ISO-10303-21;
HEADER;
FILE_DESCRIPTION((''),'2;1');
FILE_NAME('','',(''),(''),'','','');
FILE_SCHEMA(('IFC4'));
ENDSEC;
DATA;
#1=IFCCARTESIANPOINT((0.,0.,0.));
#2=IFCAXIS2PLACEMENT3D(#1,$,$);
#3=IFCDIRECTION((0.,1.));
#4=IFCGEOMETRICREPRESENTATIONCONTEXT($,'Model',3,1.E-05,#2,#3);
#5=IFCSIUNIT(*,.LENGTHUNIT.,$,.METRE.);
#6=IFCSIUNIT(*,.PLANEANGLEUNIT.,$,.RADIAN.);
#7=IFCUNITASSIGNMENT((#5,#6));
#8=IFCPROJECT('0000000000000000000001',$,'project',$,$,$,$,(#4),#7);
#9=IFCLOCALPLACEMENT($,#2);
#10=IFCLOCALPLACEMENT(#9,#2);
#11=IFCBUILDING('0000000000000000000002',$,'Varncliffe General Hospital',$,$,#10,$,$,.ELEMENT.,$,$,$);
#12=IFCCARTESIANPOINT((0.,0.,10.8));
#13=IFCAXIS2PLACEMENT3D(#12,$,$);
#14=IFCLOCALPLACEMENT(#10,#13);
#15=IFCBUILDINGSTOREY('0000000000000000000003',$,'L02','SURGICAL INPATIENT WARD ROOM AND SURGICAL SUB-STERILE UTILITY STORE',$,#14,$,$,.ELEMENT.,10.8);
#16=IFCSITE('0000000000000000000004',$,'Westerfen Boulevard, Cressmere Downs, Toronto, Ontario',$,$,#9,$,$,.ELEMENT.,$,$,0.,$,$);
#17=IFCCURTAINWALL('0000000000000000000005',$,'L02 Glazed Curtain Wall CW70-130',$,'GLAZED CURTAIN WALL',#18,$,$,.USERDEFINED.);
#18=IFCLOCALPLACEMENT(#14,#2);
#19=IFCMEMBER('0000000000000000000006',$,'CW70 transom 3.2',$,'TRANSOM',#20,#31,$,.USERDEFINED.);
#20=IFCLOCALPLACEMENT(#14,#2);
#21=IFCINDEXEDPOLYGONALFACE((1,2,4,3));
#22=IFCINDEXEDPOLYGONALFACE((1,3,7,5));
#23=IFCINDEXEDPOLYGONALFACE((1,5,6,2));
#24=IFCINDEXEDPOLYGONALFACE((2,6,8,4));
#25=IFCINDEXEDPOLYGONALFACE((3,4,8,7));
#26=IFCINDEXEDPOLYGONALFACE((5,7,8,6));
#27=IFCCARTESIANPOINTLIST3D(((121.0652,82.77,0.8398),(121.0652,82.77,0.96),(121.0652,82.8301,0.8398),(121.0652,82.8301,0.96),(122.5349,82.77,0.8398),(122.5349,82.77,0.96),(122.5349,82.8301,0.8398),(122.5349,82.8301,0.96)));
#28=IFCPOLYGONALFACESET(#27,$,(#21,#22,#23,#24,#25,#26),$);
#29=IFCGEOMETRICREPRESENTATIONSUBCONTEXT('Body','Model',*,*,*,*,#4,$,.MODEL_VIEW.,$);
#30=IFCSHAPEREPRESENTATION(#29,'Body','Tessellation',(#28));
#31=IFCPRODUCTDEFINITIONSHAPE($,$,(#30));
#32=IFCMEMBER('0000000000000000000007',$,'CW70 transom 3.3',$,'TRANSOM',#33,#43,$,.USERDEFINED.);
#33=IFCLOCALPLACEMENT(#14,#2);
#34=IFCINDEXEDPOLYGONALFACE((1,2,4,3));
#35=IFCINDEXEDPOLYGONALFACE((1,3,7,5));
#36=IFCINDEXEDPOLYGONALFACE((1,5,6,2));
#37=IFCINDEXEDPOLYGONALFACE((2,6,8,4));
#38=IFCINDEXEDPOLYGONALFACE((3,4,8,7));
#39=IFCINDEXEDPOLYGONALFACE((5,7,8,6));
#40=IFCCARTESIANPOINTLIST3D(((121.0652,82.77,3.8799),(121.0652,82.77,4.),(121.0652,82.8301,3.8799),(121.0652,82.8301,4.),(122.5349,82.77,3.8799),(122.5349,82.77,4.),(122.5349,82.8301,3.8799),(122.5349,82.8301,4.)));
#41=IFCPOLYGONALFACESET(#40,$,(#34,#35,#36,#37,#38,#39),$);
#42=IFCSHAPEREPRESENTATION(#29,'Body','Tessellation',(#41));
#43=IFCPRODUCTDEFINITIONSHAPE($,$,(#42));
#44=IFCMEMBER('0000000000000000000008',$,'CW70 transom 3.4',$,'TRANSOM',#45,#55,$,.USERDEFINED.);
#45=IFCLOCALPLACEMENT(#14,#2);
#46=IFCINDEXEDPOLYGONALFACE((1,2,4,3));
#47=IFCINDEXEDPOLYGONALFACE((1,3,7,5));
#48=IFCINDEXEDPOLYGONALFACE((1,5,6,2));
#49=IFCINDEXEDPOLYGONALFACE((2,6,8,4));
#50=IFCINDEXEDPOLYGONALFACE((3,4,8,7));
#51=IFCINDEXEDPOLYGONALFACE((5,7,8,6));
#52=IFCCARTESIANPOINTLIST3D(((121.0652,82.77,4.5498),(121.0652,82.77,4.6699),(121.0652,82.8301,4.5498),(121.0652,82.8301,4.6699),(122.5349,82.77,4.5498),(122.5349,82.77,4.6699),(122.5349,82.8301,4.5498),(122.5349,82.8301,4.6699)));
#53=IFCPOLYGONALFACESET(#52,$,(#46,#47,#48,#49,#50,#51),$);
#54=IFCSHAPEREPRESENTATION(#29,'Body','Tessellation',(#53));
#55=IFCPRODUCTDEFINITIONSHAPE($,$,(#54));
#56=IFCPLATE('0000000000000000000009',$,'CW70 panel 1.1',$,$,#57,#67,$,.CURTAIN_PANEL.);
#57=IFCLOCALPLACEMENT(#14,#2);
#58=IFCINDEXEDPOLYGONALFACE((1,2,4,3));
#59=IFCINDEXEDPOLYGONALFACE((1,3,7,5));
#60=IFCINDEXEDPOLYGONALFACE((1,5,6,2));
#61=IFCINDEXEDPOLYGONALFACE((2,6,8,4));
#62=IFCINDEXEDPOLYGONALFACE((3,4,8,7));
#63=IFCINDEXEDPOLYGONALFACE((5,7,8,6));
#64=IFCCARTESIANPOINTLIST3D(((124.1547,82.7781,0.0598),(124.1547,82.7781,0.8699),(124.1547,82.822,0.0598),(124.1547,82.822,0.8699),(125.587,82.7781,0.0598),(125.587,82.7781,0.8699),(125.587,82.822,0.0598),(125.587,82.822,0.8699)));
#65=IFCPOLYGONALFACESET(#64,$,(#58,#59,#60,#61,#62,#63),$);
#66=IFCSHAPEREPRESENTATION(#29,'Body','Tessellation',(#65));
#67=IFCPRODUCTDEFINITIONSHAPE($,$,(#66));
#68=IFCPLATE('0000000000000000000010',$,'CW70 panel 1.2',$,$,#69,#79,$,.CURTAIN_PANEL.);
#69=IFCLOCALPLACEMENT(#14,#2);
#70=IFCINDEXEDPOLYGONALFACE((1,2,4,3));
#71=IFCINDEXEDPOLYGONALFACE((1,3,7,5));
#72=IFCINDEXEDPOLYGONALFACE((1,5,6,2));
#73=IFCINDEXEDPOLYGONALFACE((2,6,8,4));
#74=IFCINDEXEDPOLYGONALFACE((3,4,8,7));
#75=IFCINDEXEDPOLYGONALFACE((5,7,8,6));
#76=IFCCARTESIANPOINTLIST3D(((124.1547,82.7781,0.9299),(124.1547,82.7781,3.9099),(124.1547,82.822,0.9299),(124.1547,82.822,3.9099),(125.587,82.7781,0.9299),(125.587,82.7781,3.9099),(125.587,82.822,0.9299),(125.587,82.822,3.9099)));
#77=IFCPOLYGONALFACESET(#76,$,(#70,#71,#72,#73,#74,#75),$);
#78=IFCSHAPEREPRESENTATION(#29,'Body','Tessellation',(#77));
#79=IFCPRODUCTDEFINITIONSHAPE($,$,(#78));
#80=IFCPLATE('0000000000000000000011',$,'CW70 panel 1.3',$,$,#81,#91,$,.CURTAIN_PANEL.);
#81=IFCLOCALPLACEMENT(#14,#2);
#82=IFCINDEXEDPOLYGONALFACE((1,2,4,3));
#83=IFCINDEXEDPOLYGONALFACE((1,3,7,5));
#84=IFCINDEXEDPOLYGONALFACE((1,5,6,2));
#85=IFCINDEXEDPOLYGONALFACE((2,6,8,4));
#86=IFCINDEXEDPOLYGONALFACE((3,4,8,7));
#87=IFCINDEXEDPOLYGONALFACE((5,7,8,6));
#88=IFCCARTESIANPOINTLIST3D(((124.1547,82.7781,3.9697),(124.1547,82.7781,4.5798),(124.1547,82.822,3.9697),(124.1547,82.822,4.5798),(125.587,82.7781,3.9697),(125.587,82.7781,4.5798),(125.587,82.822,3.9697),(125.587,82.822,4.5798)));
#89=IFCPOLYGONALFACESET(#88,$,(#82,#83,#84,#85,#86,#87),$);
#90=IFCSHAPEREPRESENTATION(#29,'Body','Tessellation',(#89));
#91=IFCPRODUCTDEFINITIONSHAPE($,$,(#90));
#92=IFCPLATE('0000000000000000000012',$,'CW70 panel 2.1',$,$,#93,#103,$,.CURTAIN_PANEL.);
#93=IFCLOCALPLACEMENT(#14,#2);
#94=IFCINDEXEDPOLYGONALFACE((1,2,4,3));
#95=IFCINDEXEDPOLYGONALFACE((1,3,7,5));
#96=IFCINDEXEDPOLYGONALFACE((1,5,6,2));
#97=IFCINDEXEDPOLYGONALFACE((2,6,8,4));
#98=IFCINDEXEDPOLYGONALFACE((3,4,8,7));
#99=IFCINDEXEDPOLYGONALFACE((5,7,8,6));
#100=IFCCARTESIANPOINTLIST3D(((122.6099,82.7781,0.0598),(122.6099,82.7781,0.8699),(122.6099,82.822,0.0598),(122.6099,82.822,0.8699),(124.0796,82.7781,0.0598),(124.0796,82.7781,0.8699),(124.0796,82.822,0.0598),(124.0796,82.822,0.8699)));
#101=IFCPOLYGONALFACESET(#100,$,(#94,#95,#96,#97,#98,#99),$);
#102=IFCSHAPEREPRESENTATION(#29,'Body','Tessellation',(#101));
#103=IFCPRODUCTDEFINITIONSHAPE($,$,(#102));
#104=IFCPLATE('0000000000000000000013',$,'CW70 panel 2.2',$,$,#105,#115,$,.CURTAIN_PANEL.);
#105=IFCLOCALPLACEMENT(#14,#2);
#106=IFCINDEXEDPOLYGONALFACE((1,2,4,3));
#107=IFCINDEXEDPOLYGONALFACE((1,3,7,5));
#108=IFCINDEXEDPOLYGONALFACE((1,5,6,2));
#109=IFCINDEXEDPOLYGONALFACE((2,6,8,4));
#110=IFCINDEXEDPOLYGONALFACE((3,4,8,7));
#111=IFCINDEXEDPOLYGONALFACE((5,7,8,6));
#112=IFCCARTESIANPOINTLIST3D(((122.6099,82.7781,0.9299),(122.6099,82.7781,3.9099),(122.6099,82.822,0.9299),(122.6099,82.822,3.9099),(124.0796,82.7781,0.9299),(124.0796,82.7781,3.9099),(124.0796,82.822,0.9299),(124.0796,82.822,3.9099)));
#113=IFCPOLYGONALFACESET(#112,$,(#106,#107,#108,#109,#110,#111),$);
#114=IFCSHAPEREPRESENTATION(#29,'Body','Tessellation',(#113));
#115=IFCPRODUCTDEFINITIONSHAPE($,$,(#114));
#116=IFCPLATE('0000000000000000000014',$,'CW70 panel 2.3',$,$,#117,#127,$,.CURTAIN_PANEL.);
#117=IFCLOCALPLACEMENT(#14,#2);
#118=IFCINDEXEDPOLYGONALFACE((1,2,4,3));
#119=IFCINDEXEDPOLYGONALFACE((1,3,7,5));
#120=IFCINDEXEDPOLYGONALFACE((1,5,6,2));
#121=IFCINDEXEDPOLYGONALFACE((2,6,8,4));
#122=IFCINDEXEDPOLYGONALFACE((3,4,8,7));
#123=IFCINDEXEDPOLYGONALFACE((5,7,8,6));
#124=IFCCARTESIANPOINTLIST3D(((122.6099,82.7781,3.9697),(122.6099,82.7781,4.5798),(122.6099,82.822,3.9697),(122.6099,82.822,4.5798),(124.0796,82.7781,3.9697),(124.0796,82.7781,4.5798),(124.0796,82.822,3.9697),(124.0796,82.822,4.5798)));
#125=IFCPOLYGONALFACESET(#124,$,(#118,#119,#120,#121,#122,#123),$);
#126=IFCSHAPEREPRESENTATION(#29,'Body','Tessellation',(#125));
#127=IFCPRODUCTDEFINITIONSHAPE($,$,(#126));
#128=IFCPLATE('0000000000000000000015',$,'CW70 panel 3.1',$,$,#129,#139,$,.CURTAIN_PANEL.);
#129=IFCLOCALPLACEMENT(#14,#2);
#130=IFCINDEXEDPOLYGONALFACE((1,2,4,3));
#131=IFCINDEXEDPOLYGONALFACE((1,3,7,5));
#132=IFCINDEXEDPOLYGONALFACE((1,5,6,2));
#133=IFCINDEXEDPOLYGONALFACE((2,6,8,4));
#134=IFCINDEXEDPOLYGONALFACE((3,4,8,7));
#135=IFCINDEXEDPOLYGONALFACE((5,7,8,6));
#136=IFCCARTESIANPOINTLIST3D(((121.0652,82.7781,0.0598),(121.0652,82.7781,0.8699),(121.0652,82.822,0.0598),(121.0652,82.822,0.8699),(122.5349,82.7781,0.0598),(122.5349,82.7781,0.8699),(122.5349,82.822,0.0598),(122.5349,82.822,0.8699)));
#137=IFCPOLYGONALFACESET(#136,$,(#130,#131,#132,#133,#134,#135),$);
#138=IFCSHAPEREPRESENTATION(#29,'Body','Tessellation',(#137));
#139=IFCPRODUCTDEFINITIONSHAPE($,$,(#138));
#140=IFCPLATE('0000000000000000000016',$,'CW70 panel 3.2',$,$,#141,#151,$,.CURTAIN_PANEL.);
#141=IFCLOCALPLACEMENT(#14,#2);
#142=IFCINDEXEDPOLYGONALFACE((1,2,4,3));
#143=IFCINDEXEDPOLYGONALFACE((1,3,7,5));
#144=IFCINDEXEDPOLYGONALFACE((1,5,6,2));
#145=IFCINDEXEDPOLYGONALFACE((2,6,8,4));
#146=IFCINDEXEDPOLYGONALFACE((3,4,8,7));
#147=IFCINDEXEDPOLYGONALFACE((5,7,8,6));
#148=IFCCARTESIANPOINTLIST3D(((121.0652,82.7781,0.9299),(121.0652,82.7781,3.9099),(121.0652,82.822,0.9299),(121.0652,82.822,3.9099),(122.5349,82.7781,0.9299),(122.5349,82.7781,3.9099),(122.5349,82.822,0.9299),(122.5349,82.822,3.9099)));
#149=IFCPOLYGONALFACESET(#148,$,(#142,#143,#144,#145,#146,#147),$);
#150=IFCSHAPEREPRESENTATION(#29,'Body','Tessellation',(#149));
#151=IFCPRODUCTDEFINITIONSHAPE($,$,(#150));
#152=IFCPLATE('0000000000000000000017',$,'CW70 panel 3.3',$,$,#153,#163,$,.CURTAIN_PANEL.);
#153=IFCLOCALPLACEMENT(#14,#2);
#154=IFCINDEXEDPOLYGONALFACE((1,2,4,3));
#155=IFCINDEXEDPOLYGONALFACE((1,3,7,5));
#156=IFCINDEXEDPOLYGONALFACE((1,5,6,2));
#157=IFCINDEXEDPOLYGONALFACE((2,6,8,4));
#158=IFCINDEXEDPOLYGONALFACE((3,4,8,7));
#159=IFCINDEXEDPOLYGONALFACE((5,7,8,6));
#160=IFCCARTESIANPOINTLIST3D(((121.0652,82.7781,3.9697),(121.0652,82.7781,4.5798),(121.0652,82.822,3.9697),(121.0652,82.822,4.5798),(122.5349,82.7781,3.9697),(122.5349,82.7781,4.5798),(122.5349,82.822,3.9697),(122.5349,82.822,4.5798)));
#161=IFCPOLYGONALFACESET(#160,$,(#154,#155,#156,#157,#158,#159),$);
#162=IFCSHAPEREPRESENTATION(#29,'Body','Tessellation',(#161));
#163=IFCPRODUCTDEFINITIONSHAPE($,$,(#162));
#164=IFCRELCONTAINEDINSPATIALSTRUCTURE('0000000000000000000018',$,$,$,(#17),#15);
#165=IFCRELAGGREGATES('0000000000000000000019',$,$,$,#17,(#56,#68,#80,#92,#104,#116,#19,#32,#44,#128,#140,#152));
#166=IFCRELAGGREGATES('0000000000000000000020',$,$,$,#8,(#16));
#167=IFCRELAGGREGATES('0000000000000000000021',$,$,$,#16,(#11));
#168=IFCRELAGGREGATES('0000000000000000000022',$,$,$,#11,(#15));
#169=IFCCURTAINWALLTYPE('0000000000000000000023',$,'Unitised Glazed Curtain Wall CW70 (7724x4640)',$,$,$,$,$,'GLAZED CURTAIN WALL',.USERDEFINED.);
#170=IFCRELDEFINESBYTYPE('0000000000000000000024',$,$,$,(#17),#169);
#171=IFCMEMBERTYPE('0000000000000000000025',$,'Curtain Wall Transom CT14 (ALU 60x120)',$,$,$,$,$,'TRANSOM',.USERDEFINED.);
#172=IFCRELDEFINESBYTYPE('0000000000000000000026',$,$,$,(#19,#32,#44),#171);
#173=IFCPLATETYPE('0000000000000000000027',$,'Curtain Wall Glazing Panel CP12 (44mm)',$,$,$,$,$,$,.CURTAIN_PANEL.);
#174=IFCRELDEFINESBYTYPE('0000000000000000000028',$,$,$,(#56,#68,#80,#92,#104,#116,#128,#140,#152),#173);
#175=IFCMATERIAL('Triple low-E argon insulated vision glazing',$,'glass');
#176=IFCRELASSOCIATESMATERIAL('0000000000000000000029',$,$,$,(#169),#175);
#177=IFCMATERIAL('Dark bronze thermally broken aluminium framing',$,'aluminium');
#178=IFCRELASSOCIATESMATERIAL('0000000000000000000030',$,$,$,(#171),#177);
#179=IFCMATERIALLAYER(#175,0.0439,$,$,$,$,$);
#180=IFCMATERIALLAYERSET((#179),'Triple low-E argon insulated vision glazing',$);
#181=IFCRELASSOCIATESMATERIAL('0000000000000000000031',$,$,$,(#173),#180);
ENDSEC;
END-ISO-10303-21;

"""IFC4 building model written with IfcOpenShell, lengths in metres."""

from ifc_helpers import new_model, si_unit, direction, frame, origin, origin_2d, place, context, subcontext, project, spatial, rectangle, extrude, material, layer, layer_set, material_profile, profile_set, type_object, element, aggregate, save


model = new_model("IFC4")

# Units and contexts
model_context = context("Model", 3, precision=1e-05, world=origin(), true_north=direction((0.0, 1.0)))
body_context = subcontext(model_context, "Body", "Model", "MODEL_VIEW")
ifc_project = project(units=[si_unit("LENGTHUNIT", "METRE"), si_unit("PLANEANGLEUNIT", "RADIAN")], contexts=[model_context])

# Site, building, storey
site_placement = place(None, origin())
site = spatial("IfcSite", under=ifc_project, at=site_placement, Name="Westerfen Boulevard, Cressmere Downs, Toronto, Ontario", CompositionType="ELEMENT", RefElevation=0.0)
building_placement = place(site_placement, origin())
building = spatial("IfcBuilding", under=site, at=building_placement, Name="Varncliffe General Hospital", CompositionType="ELEMENT")
storey_placement = place(building_placement, frame((0.0, 0.0, 10.8)))
storey = spatial("IfcBuildingStorey", under=building, at=storey_placement, Name="L02", Description="SURGICAL INPATIENT WARD ROOM AND SURGICAL SUB-STERILE UTILITY STORE", CompositionType="ELEMENT", Elevation=10.8)

# Curtain wall, members, plates
ifc_material_1 = material(Name="Triple low-E argon insulated vision glazing", Category="glass")
curtain_wall_type = type_object("IfcCurtainWallType", Name="Unitised Glazed Curtain Wall CW70 (7724x4640)", ElementType="GLAZED CURTAIN WALL", PredefinedType="USERDEFINED", material=ifc_material_1)
curtain_wall_placement = place(storey_placement, origin())
curtain_wall = element("IfcCurtainWall", 1, at=curtain_wall_placement, inside=storey, type_object=curtain_wall_type, Name="L02 Glazed Curtain Wall CW70-130", ObjectType="GLAZED CURTAIN WALL", PredefinedType="USERDEFINED")
ifc_material_2 = material(Name="Dark bronze thermally broken aluminium framing", Category="aluminium")
ifc_material_profile_1 = material_profile(ifc_material_2, rectangle(XDim=0.0601, YDim=0.1201, at=origin_2d()), Name="ALU 60x120")
ifc_profile_set_1 = profile_set([ifc_material_profile_1], Name="Dark bronze thermally broken aluminium framing")
member_type_1 = type_object("IfcMemberType", Name="Curtain Wall Transom CT14 (ALU 60x120)", ElementType="TRANSOM", PredefinedType="USERDEFINED", material=ifc_profile_set_1)
member_1_placement = place(storey_placement, frame((122.5349, 82.8, 0.8999), z_axis=(-1.0, 0.0, 0.0), x_axis=(0.0, -1.0, 0.0)))
member_1 = element("IfcMember", 2, at=member_1_placement, type_object=member_type_1, Name="CW70 transom 3.2", ObjectType="TRANSOM", PredefinedType="USERDEFINED", context=body_context, shape_type="SweptSolid", body=[
    extrude(rectangle(XDim=0.0601, YDim=0.1201, at=origin_2d()), origin(), (0.0, 0.0, 1.0), 1.4697),
])
member_2_placement = place(storey_placement, frame((122.5349, 82.8, 3.9399), z_axis=(-1.0, 0.0, 0.0), x_axis=(0.0, -1.0, 0.0)))
member_2 = element("IfcMember", 3, at=member_2_placement, type_object=member_type_1, Name="CW70 transom 3.3", ObjectType="TRANSOM", PredefinedType="USERDEFINED", context=body_context, shape_type="SweptSolid", body=[
    extrude(rectangle(XDim=0.0601, YDim=0.1201, at=origin_2d()), origin(), (0.0, 0.0, 1.0), 1.4697),
])
member_3_placement = place(storey_placement, frame((122.5349, 82.8, 4.6099), z_axis=(-1.0, 0.0, 0.0), x_axis=(0.0, -1.0, 0.0)))
member_3 = element("IfcMember", 4, at=member_3_placement, type_object=member_type_1, Name="CW70 transom 3.4", ObjectType="TRANSOM", PredefinedType="USERDEFINED", context=body_context, shape_type="SweptSolid", body=[
    extrude(rectangle(XDim=0.0601, YDim=0.1201, at=origin_2d()), origin(), (0.0, 0.0, 1.0), 1.4697),
])
ifc_layer = layer(ifc_material_1, 0.0439)
ifc_layer_set = layer_set([ifc_layer], Name="Triple low-E argon insulated vision glazing")
plate_type = type_object("IfcPlateType", Name="Curtain Wall Glazing Panel CP12 (44mm)", PredefinedType="CURTAIN_PANEL", material=ifc_layer_set)
plate_1_placement = place(storey_placement, frame((124.8708, 82.8, 0.0598), z_axis=(0.0, 0.0, 1.0), x_axis=(-1.0, 0.0, 0.0)))
plate_1 = element("IfcPlate", 5, at=plate_1_placement, type_object=plate_type, Name="CW70 panel 1.1", PredefinedType="CURTAIN_PANEL", context=body_context, shape_type="SweptSolid", body=[
    extrude(rectangle(XDim=1.4324, YDim=0.0439, at=origin_2d()), origin(), (0.0, 0.0, 1.0), 0.8101),
])
plate_2_placement = place(storey_placement, frame((124.8708, 82.8, 0.9299), z_axis=(0.0, 0.0, 1.0), x_axis=(-1.0, 0.0, 0.0)))
plate_2 = element("IfcPlate", 6, at=plate_2_placement, type_object=plate_type, Name="CW70 panel 1.2", PredefinedType="CURTAIN_PANEL", context=body_context, shape_type="SweptSolid", body=[
    extrude(rectangle(XDim=1.4324, YDim=0.0439, at=origin_2d()), origin(), (0.0, 0.0, 1.0), 2.98),
])
plate_3_placement = place(storey_placement, frame((124.8708, 82.8, 3.9697), z_axis=(0.0, 0.0, 1.0), x_axis=(-1.0, 0.0, 0.0)))
plate_3 = element("IfcPlate", 7, at=plate_3_placement, type_object=plate_type, Name="CW70 panel 1.3", PredefinedType="CURTAIN_PANEL", context=body_context, shape_type="SweptSolid", body=[
    extrude(rectangle(XDim=1.4324, YDim=0.0439, at=origin_2d()), origin(), (0.0, 0.0, 1.0), 0.6101),
])
plate_4_placement = place(storey_placement, frame((123.3447, 82.8, 0.0598), z_axis=(0.0, 0.0, 1.0), x_axis=(-1.0, 0.0, 0.0)))
plate_4 = element("IfcPlate", 8, at=plate_4_placement, type_object=plate_type, Name="CW70 panel 2.1", PredefinedType="CURTAIN_PANEL", context=body_context, shape_type="SweptSolid", body=[
    extrude(rectangle(XDim=1.4697, YDim=0.0439, at=origin_2d()), origin(), (0.0, 0.0, 1.0), 0.8101),
])
plate_5_placement = place(storey_placement, frame((123.3447, 82.8, 0.9299), z_axis=(0.0, 0.0, 1.0), x_axis=(-1.0, 0.0, 0.0)))
plate_5 = element("IfcPlate", 9, at=plate_5_placement, type_object=plate_type, Name="CW70 panel 2.2", PredefinedType="CURTAIN_PANEL", context=body_context, shape_type="SweptSolid", body=[
    extrude(rectangle(XDim=1.4697, YDim=0.0439, at=origin_2d()), origin(), (0.0, 0.0, 1.0), 2.98),
])
plate_6_placement = place(storey_placement, frame((123.3447, 82.8, 3.9697), z_axis=(0.0, 0.0, 1.0), x_axis=(-1.0, 0.0, 0.0)))
plate_6 = element("IfcPlate", 10, at=plate_6_placement, type_object=plate_type, Name="CW70 panel 2.3", PredefinedType="CURTAIN_PANEL", context=body_context, shape_type="SweptSolid", body=[
    extrude(rectangle(XDim=1.4697, YDim=0.0439, at=origin_2d()), origin(), (0.0, 0.0, 1.0), 0.6101),
])
plate_7_placement = place(storey_placement, frame((121.8, 82.8, 0.0598), z_axis=(0.0, 0.0, 1.0), x_axis=(-1.0, 0.0, 0.0)))
plate_7 = element("IfcPlate", 11, at=plate_7_placement, type_object=plate_type, Name="CW70 panel 3.1", PredefinedType="CURTAIN_PANEL", context=body_context, shape_type="SweptSolid", body=[
    extrude(rectangle(XDim=1.4697, YDim=0.0439, at=origin_2d()), origin(), (0.0, 0.0, 1.0), 0.8101),
])
plate_8_placement = place(storey_placement, frame((121.8, 82.8, 0.9299), z_axis=(0.0, 0.0, 1.0), x_axis=(-1.0, 0.0, 0.0)))
plate_8 = element("IfcPlate", 12, at=plate_8_placement, type_object=plate_type, Name="CW70 panel 3.2", PredefinedType="CURTAIN_PANEL", context=body_context, shape_type="SweptSolid", body=[
    extrude(rectangle(XDim=1.4697, YDim=0.0439, at=origin_2d()), origin(), (0.0, 0.0, 1.0), 2.98),
])
plate_9_placement = place(storey_placement, frame((121.8, 82.8, 3.9697), z_axis=(0.0, 0.0, 1.0), x_axis=(-1.0, 0.0, 0.0)))
plate_9 = element("IfcPlate", 13, at=plate_9_placement, type_object=plate_type, Name="CW70 panel 3.3", PredefinedType="CURTAIN_PANEL", context=body_context, shape_type="SweptSolid", body=[
    extrude(rectangle(XDim=1.4697, YDim=0.0439, at=origin_2d()), origin(), (0.0, 0.0, 1.0), 0.6101),
])
aggregate(curtain_wall, [plate_1, plate_2, plate_3, plate_4, plate_5, plate_6, member_1, member_2, member_3, plate_7, plate_8, plate_9])

save(model, "model.ifc")
